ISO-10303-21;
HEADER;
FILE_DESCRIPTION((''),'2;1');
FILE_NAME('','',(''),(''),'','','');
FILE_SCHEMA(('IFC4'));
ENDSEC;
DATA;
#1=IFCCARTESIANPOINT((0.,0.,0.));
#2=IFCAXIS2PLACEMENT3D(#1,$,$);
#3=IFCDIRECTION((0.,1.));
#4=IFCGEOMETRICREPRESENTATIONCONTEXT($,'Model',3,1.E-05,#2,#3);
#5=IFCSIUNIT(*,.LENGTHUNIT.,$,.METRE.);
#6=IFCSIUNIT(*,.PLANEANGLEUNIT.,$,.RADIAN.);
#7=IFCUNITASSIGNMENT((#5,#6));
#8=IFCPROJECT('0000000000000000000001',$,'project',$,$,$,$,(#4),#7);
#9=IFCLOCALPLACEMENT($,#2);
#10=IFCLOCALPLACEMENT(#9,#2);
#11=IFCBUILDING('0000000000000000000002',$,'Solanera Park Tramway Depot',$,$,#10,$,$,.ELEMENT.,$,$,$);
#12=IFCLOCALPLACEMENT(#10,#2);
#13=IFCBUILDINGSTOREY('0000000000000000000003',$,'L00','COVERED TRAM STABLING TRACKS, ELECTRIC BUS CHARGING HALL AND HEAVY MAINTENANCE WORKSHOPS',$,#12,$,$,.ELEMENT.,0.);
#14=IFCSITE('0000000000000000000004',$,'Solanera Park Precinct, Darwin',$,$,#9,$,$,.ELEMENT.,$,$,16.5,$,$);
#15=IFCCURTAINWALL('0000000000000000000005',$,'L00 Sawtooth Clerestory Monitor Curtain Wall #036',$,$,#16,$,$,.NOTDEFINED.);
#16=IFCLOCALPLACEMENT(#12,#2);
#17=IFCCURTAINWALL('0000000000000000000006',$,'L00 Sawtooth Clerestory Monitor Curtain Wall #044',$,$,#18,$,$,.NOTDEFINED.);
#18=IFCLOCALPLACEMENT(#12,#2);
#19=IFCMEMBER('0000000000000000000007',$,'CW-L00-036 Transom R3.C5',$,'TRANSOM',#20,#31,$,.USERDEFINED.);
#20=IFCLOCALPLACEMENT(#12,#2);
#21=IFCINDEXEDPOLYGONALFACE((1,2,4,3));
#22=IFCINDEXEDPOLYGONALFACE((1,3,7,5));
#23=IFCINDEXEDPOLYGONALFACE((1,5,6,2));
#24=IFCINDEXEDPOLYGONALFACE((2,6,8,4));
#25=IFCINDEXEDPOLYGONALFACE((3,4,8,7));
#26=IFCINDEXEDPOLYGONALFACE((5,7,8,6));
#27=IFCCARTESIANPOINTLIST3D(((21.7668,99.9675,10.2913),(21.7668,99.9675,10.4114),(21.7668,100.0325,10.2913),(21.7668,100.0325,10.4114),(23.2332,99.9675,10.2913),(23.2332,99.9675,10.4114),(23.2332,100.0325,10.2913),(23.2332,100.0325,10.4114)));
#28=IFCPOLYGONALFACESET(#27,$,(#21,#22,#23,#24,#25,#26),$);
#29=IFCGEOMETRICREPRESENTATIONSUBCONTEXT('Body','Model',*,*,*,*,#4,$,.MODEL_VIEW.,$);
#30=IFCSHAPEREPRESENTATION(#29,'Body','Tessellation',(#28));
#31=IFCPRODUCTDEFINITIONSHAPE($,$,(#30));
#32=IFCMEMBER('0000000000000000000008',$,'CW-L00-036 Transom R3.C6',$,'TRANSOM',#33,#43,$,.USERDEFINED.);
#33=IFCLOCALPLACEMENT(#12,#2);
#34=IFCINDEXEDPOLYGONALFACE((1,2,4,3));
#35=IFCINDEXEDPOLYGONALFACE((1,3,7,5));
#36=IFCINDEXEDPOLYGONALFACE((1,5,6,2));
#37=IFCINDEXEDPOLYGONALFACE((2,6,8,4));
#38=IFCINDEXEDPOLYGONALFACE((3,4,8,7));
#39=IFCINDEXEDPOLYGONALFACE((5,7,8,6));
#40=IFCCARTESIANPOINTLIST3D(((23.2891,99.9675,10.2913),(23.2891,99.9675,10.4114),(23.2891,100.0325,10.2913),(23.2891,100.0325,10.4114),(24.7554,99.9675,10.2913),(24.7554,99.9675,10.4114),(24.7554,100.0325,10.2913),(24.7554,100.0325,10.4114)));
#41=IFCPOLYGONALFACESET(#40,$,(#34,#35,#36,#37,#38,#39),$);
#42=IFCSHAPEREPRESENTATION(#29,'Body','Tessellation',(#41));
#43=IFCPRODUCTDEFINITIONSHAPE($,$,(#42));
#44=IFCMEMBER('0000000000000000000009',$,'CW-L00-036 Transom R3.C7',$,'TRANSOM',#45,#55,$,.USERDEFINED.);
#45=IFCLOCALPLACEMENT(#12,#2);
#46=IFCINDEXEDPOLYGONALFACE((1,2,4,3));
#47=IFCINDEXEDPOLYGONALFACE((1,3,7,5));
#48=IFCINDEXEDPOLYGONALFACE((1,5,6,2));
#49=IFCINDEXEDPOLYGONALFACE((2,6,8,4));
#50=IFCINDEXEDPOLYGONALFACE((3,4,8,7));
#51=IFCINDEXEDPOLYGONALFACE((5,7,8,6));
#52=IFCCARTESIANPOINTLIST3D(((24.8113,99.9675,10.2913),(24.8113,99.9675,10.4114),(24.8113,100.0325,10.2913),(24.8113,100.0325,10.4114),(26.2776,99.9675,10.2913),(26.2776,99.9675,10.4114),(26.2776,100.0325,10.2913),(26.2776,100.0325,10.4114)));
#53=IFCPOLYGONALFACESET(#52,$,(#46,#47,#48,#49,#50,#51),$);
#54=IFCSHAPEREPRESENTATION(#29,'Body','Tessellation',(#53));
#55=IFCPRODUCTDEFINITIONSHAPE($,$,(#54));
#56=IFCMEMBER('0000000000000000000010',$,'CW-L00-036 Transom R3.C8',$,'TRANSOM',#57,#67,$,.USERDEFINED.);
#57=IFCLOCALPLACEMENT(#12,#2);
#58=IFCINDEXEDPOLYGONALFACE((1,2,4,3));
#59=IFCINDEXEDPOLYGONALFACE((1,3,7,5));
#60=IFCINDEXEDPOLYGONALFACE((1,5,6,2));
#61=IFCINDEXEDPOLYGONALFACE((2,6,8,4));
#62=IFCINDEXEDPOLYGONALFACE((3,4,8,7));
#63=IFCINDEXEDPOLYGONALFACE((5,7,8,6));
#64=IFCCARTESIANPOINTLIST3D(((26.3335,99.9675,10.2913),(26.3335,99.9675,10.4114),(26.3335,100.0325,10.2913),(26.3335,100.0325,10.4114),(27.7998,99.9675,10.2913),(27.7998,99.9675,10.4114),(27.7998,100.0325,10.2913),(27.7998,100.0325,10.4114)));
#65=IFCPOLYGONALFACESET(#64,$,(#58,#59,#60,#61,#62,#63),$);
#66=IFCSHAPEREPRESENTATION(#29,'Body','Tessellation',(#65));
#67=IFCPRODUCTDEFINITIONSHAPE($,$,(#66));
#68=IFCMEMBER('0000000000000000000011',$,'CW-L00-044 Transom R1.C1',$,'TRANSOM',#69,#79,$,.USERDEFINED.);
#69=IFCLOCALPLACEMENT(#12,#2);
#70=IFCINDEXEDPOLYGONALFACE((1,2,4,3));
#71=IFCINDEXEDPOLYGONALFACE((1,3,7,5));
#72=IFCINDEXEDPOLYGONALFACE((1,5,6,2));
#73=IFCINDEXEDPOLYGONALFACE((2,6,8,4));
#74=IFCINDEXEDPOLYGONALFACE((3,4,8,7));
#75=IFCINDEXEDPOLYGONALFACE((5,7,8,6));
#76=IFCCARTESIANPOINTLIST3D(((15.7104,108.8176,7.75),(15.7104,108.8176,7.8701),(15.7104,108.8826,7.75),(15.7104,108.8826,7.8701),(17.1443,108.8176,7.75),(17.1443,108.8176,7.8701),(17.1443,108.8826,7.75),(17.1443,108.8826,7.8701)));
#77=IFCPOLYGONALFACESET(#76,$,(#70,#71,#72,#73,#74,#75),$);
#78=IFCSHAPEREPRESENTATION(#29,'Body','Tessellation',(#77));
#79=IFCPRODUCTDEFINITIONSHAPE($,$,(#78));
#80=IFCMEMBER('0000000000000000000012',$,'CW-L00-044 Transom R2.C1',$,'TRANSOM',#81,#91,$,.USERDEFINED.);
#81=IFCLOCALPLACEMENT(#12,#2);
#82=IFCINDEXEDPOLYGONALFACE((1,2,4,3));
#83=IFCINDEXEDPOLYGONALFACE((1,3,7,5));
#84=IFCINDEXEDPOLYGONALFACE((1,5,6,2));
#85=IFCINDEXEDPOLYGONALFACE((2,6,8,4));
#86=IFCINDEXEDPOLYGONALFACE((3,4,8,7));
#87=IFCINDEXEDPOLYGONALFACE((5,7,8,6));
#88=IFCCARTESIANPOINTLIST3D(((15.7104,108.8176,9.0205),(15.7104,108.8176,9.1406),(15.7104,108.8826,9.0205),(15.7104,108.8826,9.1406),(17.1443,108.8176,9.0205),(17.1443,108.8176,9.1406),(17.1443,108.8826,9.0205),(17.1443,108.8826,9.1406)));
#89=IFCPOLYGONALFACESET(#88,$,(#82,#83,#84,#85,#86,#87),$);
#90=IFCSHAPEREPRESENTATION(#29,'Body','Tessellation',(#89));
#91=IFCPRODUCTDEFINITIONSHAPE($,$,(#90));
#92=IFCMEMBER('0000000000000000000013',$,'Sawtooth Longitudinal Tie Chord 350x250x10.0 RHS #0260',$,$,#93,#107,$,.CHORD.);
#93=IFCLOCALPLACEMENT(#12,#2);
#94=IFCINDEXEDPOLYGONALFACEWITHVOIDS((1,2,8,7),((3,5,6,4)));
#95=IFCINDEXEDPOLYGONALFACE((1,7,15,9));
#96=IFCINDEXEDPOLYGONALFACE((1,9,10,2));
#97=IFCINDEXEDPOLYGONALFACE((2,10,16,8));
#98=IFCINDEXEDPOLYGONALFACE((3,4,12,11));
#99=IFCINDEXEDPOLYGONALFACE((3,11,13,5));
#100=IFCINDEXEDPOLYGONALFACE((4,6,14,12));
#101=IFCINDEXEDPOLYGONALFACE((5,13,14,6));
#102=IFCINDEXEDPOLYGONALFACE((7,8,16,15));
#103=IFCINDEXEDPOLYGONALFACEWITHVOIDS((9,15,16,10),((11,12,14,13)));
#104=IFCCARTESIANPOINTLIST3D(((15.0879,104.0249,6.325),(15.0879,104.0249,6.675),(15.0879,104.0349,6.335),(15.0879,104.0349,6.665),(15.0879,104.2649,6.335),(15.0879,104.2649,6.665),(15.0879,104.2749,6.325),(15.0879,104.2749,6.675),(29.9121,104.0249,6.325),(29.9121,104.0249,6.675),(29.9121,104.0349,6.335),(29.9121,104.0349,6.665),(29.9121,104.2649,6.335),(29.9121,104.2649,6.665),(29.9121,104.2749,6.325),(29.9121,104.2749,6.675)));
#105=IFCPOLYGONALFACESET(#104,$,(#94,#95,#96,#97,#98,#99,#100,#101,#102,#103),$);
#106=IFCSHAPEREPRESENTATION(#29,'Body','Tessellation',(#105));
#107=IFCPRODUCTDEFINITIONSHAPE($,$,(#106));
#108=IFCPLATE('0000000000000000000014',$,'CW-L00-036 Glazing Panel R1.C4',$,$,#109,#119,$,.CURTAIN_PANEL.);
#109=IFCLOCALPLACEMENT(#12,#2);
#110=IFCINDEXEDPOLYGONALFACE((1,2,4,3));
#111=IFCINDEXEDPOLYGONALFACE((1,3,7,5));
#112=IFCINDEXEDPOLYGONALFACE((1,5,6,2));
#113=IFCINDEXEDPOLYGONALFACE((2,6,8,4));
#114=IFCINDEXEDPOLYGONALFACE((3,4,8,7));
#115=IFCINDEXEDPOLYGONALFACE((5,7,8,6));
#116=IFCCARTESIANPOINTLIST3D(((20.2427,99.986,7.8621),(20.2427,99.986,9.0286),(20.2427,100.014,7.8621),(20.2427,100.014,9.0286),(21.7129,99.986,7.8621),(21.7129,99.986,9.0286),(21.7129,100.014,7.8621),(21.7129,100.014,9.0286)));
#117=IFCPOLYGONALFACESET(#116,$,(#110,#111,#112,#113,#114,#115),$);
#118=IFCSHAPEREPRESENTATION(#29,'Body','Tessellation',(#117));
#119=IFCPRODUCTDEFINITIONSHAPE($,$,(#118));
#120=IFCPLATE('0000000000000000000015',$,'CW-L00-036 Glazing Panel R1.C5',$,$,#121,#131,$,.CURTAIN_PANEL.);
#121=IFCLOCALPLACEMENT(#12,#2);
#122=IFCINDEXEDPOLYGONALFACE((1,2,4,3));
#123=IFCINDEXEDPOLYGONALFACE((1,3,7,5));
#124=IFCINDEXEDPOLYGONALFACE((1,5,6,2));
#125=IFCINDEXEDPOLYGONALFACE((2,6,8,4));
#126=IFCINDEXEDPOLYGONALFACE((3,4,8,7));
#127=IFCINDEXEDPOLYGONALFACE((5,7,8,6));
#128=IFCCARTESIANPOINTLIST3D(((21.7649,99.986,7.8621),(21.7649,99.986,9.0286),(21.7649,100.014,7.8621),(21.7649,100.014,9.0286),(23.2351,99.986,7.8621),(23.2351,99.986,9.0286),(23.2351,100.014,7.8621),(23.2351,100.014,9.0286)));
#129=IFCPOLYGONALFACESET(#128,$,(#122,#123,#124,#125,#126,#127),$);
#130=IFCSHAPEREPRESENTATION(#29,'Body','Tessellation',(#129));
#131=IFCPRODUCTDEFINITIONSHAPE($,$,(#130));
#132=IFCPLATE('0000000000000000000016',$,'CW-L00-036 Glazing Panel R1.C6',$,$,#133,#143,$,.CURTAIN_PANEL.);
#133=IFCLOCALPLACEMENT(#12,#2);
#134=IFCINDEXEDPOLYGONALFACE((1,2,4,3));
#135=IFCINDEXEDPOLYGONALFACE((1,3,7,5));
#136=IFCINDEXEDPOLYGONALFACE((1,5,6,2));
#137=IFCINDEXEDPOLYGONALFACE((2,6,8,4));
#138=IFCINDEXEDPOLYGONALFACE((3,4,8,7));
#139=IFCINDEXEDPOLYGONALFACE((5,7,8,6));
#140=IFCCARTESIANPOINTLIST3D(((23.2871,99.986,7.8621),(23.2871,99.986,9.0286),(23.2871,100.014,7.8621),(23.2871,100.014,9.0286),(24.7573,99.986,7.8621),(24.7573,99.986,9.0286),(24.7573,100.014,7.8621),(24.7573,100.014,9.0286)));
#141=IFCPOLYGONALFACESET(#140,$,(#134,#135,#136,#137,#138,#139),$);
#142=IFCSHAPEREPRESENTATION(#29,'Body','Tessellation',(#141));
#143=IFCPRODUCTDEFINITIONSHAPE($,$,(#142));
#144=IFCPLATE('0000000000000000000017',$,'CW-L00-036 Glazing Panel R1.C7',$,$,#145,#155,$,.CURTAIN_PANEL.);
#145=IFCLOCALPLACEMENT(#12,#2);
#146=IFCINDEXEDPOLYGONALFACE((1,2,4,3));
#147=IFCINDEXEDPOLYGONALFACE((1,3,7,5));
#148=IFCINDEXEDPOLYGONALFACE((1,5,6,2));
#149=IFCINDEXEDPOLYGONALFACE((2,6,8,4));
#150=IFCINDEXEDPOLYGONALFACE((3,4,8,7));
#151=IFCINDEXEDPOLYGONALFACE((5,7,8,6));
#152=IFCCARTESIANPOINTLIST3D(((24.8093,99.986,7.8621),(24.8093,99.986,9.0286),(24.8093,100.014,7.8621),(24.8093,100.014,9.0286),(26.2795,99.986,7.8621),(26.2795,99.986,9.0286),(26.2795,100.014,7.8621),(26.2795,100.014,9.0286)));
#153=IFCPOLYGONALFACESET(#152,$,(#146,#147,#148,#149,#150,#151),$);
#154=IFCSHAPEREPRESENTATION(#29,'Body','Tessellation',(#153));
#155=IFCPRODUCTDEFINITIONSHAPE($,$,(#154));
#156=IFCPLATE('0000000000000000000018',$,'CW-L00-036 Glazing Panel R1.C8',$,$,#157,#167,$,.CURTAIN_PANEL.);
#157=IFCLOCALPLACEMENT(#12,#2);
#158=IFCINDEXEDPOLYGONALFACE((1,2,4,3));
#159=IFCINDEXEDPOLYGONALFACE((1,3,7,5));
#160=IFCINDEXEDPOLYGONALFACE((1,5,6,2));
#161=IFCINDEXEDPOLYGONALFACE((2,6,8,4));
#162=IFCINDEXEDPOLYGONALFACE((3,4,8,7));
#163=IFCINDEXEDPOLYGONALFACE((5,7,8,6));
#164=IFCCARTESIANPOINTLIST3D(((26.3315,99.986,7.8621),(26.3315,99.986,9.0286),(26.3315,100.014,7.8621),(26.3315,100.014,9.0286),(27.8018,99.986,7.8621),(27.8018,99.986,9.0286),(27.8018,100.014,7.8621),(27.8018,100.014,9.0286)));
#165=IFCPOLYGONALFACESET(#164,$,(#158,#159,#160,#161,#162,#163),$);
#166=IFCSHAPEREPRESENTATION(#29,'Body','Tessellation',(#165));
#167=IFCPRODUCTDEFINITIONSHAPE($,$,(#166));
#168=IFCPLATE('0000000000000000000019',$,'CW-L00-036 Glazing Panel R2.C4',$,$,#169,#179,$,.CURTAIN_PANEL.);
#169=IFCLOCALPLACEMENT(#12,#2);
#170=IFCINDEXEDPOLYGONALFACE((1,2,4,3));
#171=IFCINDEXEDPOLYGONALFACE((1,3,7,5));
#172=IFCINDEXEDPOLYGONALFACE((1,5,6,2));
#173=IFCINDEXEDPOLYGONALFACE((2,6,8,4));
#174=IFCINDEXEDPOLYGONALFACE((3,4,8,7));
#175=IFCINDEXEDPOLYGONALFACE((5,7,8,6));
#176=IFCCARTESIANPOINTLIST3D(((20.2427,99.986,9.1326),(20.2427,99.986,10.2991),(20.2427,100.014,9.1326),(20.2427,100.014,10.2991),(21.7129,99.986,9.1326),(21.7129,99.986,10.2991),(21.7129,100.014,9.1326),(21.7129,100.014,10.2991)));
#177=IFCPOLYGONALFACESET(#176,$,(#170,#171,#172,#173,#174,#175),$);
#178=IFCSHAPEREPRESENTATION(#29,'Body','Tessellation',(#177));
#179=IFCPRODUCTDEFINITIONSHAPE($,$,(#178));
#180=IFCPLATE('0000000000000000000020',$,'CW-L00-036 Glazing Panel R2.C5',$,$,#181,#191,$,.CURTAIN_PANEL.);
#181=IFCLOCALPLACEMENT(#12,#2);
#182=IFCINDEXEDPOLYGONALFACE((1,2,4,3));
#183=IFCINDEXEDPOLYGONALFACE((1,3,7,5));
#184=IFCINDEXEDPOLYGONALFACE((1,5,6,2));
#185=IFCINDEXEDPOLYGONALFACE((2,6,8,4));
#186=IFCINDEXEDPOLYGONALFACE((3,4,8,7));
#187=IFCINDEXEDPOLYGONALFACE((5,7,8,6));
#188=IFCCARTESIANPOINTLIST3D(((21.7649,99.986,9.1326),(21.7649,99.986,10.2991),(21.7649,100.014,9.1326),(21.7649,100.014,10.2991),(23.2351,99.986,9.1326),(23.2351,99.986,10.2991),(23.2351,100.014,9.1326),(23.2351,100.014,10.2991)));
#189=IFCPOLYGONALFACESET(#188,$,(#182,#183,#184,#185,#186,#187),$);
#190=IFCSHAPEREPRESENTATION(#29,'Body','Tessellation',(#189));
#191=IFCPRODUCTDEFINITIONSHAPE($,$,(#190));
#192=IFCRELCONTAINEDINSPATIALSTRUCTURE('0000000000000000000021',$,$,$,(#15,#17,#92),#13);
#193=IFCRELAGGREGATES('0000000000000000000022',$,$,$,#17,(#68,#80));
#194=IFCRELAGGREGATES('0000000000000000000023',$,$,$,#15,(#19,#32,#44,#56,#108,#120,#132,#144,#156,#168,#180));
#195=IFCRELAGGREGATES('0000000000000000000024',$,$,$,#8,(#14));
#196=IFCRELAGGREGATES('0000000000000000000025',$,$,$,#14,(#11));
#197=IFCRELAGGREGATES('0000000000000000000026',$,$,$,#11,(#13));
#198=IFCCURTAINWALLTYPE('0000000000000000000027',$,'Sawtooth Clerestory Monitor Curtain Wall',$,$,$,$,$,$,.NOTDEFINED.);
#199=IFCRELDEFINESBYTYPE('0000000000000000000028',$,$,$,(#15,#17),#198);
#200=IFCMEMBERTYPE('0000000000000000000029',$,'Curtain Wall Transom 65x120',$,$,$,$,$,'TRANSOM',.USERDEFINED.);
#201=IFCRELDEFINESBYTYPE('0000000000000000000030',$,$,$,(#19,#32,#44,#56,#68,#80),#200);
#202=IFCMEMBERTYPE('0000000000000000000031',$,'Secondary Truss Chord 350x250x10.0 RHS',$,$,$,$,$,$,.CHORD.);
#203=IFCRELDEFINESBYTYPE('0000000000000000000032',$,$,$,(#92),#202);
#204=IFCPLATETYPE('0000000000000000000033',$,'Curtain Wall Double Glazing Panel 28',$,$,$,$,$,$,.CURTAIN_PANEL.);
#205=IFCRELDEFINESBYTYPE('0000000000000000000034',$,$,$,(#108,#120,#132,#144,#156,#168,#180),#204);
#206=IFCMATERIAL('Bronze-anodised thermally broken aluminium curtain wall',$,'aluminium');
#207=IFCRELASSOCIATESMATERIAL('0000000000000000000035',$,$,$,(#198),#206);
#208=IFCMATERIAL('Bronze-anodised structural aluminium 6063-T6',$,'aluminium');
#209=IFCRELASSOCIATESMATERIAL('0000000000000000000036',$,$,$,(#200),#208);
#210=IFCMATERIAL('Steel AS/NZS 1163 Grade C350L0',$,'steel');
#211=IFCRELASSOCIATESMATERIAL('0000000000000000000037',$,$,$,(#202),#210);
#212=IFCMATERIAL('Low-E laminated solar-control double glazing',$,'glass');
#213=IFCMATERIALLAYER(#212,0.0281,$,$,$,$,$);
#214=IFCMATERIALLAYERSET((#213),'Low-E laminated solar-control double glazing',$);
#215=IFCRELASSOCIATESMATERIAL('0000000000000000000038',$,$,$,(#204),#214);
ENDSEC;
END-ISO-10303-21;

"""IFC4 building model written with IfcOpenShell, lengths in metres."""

from ifc_helpers import new_model, si_unit, direction, frame, origin, origin_2d, place, context, subcontext, project, spatial, rectangle, hollow_rectangle, extrude, material, layer, layer_set, material_profile, profile_set, type_object, element, aggregate, save


model = new_model("IFC4")

# Units and contexts
model_context = context("Model", 3, precision=1e-05, world=origin(), true_north=direction((0.0, 1.0)))
body_context = subcontext(model_context, "Body", "Model", "MODEL_VIEW")
ifc_project = project(units=[si_unit("LENGTHUNIT", "METRE"), si_unit("PLANEANGLEUNIT", "RADIAN")], contexts=[model_context])

# Site, building, storey
site_placement = place(None, origin())
site = spatial("IfcSite", under=ifc_project, at=site_placement, Name="Solanera Park Precinct, Darwin", CompositionType="ELEMENT", RefElevation=16.5)
building_placement = place(site_placement, origin())
building = spatial("IfcBuilding", under=site, at=building_placement, Name="Solanera Park Tramway Depot", CompositionType="ELEMENT")
storey_placement = place(building_placement, origin())
storey = spatial("IfcBuildingStorey", under=building, at=storey_placement, Name="L00", Description="COVERED TRAM STABLING TRACKS, ELECTRIC BUS CHARGING HALL AND HEAVY MAINTENANCE WORKSHOPS", CompositionType="ELEMENT", Elevation=0.0)

# Curtain wall
ifc_material_1 = material(Name="Bronze-anodised thermally broken aluminium curtain wall", Category="aluminium")
curtain_wall_type = type_object("IfcCurtainWallType", Name="Sawtooth Clerestory Monitor Curtain Wall", PredefinedType="NOTDEFINED", material=ifc_material_1)
curtain_wall_1_placement = place(storey_placement, origin())
curtain_wall_1 = element("IfcCurtainWall", 1, at=curtain_wall_1_placement, inside=storey, type_object=curtain_wall_type, Name="L00 Sawtooth Clerestory Monitor Curtain Wall #036", PredefinedType="NOTDEFINED")

# Curtain wall
curtain_wall_2_placement = place(storey_placement, origin())
curtain_wall_2 = element("IfcCurtainWall", 2, at=curtain_wall_2_placement, inside=storey, type_object=curtain_wall_type, Name="L00 Sawtooth Clerestory Monitor Curtain Wall #044", PredefinedType="NOTDEFINED")

# Members
ifc_material_2 = material(Name="Bronze-anodised structural aluminium 6063-T6", Category="aluminium")
ifc_material_profile_1 = material_profile(ifc_material_2, rectangle(XDim=0.0649, YDim=0.1201, at=origin_2d()), Name="Curtain Wall Transom 65x120")
ifc_profile_set_1 = profile_set([ifc_material_profile_1], Name="Bronze-anodised structural aluminium 6063-T6")
member_type_1 = type_object("IfcMemberType", Name="Curtain Wall Transom 65x120", ElementType="TRANSOM", PredefinedType="USERDEFINED", material=ifc_profile_set_1)
member_1_placement = place(storey_placement, frame((21.7668, 100.0, 10.3513), z_axis=(1.0, 0.0, 0.0), x_axis=(0.0, 1.0, 0.0)))
member_1 = element("IfcMember", 3, at=member_1_placement, type_object=member_type_1, Name="CW-L00-036 Transom R3.C5", ObjectType="TRANSOM", PredefinedType="USERDEFINED", context=body_context, shape_type="SweptSolid", body=[
    extrude(rectangle(XDim=0.0649, YDim=0.1201, at=origin_2d()), origin(), (0.0, 0.0, 1.0), 1.4663),
])
member_2_placement = place(storey_placement, frame((23.2891, 100.0, 10.3513), z_axis=(1.0, 0.0, 0.0), x_axis=(0.0, 1.0, 0.0)))
member_2 = element("IfcMember", 4, at=member_2_placement, type_object=member_type_1, Name="CW-L00-036 Transom R3.C6", ObjectType="TRANSOM", PredefinedType="USERDEFINED", context=body_context, shape_type="SweptSolid", body=[
    extrude(rectangle(XDim=0.0649, YDim=0.1201, at=origin_2d()), origin(), (0.0, 0.0, 1.0), 1.4663),
])
member_3_placement = place(storey_placement, frame((24.8113, 100.0, 10.3513), z_axis=(1.0, 0.0, 0.0), x_axis=(0.0, 1.0, 0.0)))
member_3 = element("IfcMember", 5, at=member_3_placement, type_object=member_type_1, Name="CW-L00-036 Transom R3.C7", ObjectType="TRANSOM", PredefinedType="USERDEFINED", context=body_context, shape_type="SweptSolid", body=[
    extrude(rectangle(XDim=0.0649, YDim=0.1201, at=origin_2d()), origin(), (0.0, 0.0, 1.0), 1.4663),
])
member_4_placement = place(storey_placement, frame((26.3335, 100.0, 10.3513), z_axis=(1.0, 0.0, 0.0), x_axis=(0.0, 1.0, 0.0)))
member_4 = element("IfcMember", 6, at=member_4_placement, type_object=member_type_1, Name="CW-L00-036 Transom R3.C8", ObjectType="TRANSOM", PredefinedType="USERDEFINED", context=body_context, shape_type="SweptSolid", body=[
    extrude(rectangle(XDim=0.0649, YDim=0.1201, at=origin_2d()), origin(), (0.0, 0.0, 1.0), 1.4663),
])
member_5_placement = place(storey_placement, frame((15.7104, 108.8501, 7.8101), z_axis=(1.0, 0.0, 0.0), x_axis=(0.0, 1.0, 0.0)))
member_5 = element("IfcMember", 7, at=member_5_placement, type_object=member_type_1, Name="CW-L00-044 Transom R1.C1", ObjectType="TRANSOM", PredefinedType="USERDEFINED", context=body_context, shape_type="SweptSolid", body=[
    extrude(rectangle(XDim=0.0649, YDim=0.1201, at=origin_2d()), origin(), (0.0, 0.0, 1.0), 1.4338),
])
member_6_placement = place(storey_placement, frame((15.7104, 108.8501, 9.0806), z_axis=(1.0, 0.0, 0.0), x_axis=(0.0, 1.0, 0.0)))
member_6 = element("IfcMember", 8, at=member_6_placement, type_object=member_type_1, Name="CW-L00-044 Transom R2.C1", ObjectType="TRANSOM", PredefinedType="USERDEFINED", context=body_context, shape_type="SweptSolid", body=[
    extrude(rectangle(XDim=0.0649, YDim=0.1201, at=origin_2d()), origin(), (0.0, 0.0, 1.0), 1.4338),
])
aggregate(curtain_wall_2, [member_5, member_6])
ifc_material_3 = material(Name="Steel AS/NZS 1163 Grade C350L0", Category="steel")
ifc_material_profile_2 = material_profile(ifc_material_3, hollow_rectangle(XDim=0.25, YDim=0.3501, WallThickness=0.01, at=origin_2d()), Name="350x250x10.0 RHS")
ifc_profile_set_2 = profile_set([ifc_material_profile_2], Name="Steel AS/NZS 1163 Grade C350L0")
member_type_2 = type_object("IfcMemberType", Name="Secondary Truss Chord 350x250x10.0 RHS", PredefinedType="CHORD", material=ifc_profile_set_2)
member_7_placement = place(storey_placement, frame((15.0879, 104.1499, 6.5), z_axis=(1.0, 0.0, 0.0), x_axis=(0.0, 1.0, 0.0)))
element("IfcMember", 9, at=member_7_placement, inside=storey, type_object=member_type_2, Name="Sawtooth Longitudinal Tie Chord 350x250x10.0 RHS #0260", PredefinedType="CHORD", context=body_context, shape_type="SweptSolid", body=[
    extrude(hollow_rectangle(XDim=0.25, YDim=0.3501, WallThickness=0.01, at=origin_2d()), origin(), (0.0, 0.0, 1.0), 14.8242),
])

# Plates
ifc_material_4 = material(Name="Low-E laminated solar-control double glazing", Category="glass")
ifc_layer_1 = layer(ifc_material_4, 0.0281)
ifc_layer_set_1 = layer_set([ifc_layer_1], Name="Low-E laminated solar-control double glazing")
plate_type_1 = type_object("IfcPlateType", Name="Curtain Wall Double Glazing Panel 28", PredefinedType="CURTAIN_PANEL", material=ifc_layer_set_1)
plate_1_placement = place(storey_placement, frame((20.9778, 100.0, 7.8621), z_axis=(0.0, 0.0, 1.0), x_axis=(1.0, 0.0, 0.0)))
plate_1 = element("IfcPlate", 10, at=plate_1_placement, type_object=plate_type_1, Name="CW-L00-036 Glazing Panel R1.C4", PredefinedType="CURTAIN_PANEL", context=body_context, shape_type="SweptSolid", body=[
    extrude(rectangle(XDim=1.4702, YDim=0.0281, at=origin_2d()), origin(), (0.0, 0.0, 1.0), 1.1665),
])
plate_2_placement = place(storey_placement, frame((22.5, 100.0, 7.8621), z_axis=(0.0, 0.0, 1.0), x_axis=(1.0, 0.0, 0.0)))
plate_2 = element("IfcPlate", 11, at=plate_2_placement, type_object=plate_type_1, Name="CW-L00-036 Glazing Panel R1.C5", PredefinedType="CURTAIN_PANEL", context=body_context, shape_type="SweptSolid", body=[
    extrude(rectangle(XDim=1.4702, YDim=0.0281, at=origin_2d()), origin(), (0.0, 0.0, 1.0), 1.1665),
])
plate_3_placement = place(storey_placement, frame((24.0222, 100.0, 7.8621), z_axis=(0.0, 0.0, 1.0), x_axis=(1.0, 0.0, 0.0)))
plate_3 = element("IfcPlate", 12, at=plate_3_placement, type_object=plate_type_1, Name="CW-L00-036 Glazing Panel R1.C6", PredefinedType="CURTAIN_PANEL", context=body_context, shape_type="SweptSolid", body=[
    extrude(rectangle(XDim=1.4702, YDim=0.0281, at=origin_2d()), origin(), (0.0, 0.0, 1.0), 1.1665),
])
plate_4_placement = place(storey_placement, frame((25.5444, 100.0, 7.8621), z_axis=(0.0, 0.0, 1.0), x_axis=(1.0, 0.0, 0.0)))
plate_4 = element("IfcPlate", 13, at=plate_4_placement, type_object=plate_type_1, Name="CW-L00-036 Glazing Panel R1.C7", PredefinedType="CURTAIN_PANEL", context=body_context, shape_type="SweptSolid", body=[
    extrude(rectangle(XDim=1.4702, YDim=0.0281, at=origin_2d()), origin(), (0.0, 0.0, 1.0), 1.1665),
])
plate_5_placement = place(storey_placement, frame((27.0667, 100.0, 7.8621), z_axis=(0.0, 0.0, 1.0), x_axis=(1.0, 0.0, 0.0)))
plate_5 = element("IfcPlate", 14, at=plate_5_placement, type_object=plate_type_1, Name="CW-L00-036 Glazing Panel R1.C8", PredefinedType="CURTAIN_PANEL", context=body_context, shape_type="SweptSolid", body=[
    extrude(rectangle(XDim=1.4702, YDim=0.0281, at=origin_2d()), origin(), (0.0, 0.0, 1.0), 1.1665),
])
plate_6_placement = place(storey_placement, frame((20.9778, 100.0, 9.1326), z_axis=(0.0, 0.0, 1.0), x_axis=(1.0, 0.0, 0.0)))
plate_6 = element("IfcPlate", 15, at=plate_6_placement, type_object=plate_type_1, Name="CW-L00-036 Glazing Panel R2.C4", PredefinedType="CURTAIN_PANEL", context=body_context, shape_type="SweptSolid", body=[
    extrude(rectangle(XDim=1.4702, YDim=0.0281, at=origin_2d()), origin(), (0.0, 0.0, 1.0), 1.1665),
])
plate_7_placement = place(storey_placement, frame((22.5, 100.0, 9.1326), z_axis=(0.0, 0.0, 1.0), x_axis=(1.0, 0.0, 0.0)))
plate_7 = element("IfcPlate", 16, at=plate_7_placement, type_object=plate_type_1, Name="CW-L00-036 Glazing Panel R2.C5", PredefinedType="CURTAIN_PANEL", context=body_context, shape_type="SweptSolid", body=[
    extrude(rectangle(XDim=1.4702, YDim=0.0281, at=origin_2d()), origin(), (0.0, 0.0, 1.0), 1.1665),
])
aggregate(curtain_wall_1, [member_1, member_2, member_3, member_4, plate_1, plate_2, plate_3, plate_4, plate_5, plate_6, plate_7])

save(model, "model.ifc")
